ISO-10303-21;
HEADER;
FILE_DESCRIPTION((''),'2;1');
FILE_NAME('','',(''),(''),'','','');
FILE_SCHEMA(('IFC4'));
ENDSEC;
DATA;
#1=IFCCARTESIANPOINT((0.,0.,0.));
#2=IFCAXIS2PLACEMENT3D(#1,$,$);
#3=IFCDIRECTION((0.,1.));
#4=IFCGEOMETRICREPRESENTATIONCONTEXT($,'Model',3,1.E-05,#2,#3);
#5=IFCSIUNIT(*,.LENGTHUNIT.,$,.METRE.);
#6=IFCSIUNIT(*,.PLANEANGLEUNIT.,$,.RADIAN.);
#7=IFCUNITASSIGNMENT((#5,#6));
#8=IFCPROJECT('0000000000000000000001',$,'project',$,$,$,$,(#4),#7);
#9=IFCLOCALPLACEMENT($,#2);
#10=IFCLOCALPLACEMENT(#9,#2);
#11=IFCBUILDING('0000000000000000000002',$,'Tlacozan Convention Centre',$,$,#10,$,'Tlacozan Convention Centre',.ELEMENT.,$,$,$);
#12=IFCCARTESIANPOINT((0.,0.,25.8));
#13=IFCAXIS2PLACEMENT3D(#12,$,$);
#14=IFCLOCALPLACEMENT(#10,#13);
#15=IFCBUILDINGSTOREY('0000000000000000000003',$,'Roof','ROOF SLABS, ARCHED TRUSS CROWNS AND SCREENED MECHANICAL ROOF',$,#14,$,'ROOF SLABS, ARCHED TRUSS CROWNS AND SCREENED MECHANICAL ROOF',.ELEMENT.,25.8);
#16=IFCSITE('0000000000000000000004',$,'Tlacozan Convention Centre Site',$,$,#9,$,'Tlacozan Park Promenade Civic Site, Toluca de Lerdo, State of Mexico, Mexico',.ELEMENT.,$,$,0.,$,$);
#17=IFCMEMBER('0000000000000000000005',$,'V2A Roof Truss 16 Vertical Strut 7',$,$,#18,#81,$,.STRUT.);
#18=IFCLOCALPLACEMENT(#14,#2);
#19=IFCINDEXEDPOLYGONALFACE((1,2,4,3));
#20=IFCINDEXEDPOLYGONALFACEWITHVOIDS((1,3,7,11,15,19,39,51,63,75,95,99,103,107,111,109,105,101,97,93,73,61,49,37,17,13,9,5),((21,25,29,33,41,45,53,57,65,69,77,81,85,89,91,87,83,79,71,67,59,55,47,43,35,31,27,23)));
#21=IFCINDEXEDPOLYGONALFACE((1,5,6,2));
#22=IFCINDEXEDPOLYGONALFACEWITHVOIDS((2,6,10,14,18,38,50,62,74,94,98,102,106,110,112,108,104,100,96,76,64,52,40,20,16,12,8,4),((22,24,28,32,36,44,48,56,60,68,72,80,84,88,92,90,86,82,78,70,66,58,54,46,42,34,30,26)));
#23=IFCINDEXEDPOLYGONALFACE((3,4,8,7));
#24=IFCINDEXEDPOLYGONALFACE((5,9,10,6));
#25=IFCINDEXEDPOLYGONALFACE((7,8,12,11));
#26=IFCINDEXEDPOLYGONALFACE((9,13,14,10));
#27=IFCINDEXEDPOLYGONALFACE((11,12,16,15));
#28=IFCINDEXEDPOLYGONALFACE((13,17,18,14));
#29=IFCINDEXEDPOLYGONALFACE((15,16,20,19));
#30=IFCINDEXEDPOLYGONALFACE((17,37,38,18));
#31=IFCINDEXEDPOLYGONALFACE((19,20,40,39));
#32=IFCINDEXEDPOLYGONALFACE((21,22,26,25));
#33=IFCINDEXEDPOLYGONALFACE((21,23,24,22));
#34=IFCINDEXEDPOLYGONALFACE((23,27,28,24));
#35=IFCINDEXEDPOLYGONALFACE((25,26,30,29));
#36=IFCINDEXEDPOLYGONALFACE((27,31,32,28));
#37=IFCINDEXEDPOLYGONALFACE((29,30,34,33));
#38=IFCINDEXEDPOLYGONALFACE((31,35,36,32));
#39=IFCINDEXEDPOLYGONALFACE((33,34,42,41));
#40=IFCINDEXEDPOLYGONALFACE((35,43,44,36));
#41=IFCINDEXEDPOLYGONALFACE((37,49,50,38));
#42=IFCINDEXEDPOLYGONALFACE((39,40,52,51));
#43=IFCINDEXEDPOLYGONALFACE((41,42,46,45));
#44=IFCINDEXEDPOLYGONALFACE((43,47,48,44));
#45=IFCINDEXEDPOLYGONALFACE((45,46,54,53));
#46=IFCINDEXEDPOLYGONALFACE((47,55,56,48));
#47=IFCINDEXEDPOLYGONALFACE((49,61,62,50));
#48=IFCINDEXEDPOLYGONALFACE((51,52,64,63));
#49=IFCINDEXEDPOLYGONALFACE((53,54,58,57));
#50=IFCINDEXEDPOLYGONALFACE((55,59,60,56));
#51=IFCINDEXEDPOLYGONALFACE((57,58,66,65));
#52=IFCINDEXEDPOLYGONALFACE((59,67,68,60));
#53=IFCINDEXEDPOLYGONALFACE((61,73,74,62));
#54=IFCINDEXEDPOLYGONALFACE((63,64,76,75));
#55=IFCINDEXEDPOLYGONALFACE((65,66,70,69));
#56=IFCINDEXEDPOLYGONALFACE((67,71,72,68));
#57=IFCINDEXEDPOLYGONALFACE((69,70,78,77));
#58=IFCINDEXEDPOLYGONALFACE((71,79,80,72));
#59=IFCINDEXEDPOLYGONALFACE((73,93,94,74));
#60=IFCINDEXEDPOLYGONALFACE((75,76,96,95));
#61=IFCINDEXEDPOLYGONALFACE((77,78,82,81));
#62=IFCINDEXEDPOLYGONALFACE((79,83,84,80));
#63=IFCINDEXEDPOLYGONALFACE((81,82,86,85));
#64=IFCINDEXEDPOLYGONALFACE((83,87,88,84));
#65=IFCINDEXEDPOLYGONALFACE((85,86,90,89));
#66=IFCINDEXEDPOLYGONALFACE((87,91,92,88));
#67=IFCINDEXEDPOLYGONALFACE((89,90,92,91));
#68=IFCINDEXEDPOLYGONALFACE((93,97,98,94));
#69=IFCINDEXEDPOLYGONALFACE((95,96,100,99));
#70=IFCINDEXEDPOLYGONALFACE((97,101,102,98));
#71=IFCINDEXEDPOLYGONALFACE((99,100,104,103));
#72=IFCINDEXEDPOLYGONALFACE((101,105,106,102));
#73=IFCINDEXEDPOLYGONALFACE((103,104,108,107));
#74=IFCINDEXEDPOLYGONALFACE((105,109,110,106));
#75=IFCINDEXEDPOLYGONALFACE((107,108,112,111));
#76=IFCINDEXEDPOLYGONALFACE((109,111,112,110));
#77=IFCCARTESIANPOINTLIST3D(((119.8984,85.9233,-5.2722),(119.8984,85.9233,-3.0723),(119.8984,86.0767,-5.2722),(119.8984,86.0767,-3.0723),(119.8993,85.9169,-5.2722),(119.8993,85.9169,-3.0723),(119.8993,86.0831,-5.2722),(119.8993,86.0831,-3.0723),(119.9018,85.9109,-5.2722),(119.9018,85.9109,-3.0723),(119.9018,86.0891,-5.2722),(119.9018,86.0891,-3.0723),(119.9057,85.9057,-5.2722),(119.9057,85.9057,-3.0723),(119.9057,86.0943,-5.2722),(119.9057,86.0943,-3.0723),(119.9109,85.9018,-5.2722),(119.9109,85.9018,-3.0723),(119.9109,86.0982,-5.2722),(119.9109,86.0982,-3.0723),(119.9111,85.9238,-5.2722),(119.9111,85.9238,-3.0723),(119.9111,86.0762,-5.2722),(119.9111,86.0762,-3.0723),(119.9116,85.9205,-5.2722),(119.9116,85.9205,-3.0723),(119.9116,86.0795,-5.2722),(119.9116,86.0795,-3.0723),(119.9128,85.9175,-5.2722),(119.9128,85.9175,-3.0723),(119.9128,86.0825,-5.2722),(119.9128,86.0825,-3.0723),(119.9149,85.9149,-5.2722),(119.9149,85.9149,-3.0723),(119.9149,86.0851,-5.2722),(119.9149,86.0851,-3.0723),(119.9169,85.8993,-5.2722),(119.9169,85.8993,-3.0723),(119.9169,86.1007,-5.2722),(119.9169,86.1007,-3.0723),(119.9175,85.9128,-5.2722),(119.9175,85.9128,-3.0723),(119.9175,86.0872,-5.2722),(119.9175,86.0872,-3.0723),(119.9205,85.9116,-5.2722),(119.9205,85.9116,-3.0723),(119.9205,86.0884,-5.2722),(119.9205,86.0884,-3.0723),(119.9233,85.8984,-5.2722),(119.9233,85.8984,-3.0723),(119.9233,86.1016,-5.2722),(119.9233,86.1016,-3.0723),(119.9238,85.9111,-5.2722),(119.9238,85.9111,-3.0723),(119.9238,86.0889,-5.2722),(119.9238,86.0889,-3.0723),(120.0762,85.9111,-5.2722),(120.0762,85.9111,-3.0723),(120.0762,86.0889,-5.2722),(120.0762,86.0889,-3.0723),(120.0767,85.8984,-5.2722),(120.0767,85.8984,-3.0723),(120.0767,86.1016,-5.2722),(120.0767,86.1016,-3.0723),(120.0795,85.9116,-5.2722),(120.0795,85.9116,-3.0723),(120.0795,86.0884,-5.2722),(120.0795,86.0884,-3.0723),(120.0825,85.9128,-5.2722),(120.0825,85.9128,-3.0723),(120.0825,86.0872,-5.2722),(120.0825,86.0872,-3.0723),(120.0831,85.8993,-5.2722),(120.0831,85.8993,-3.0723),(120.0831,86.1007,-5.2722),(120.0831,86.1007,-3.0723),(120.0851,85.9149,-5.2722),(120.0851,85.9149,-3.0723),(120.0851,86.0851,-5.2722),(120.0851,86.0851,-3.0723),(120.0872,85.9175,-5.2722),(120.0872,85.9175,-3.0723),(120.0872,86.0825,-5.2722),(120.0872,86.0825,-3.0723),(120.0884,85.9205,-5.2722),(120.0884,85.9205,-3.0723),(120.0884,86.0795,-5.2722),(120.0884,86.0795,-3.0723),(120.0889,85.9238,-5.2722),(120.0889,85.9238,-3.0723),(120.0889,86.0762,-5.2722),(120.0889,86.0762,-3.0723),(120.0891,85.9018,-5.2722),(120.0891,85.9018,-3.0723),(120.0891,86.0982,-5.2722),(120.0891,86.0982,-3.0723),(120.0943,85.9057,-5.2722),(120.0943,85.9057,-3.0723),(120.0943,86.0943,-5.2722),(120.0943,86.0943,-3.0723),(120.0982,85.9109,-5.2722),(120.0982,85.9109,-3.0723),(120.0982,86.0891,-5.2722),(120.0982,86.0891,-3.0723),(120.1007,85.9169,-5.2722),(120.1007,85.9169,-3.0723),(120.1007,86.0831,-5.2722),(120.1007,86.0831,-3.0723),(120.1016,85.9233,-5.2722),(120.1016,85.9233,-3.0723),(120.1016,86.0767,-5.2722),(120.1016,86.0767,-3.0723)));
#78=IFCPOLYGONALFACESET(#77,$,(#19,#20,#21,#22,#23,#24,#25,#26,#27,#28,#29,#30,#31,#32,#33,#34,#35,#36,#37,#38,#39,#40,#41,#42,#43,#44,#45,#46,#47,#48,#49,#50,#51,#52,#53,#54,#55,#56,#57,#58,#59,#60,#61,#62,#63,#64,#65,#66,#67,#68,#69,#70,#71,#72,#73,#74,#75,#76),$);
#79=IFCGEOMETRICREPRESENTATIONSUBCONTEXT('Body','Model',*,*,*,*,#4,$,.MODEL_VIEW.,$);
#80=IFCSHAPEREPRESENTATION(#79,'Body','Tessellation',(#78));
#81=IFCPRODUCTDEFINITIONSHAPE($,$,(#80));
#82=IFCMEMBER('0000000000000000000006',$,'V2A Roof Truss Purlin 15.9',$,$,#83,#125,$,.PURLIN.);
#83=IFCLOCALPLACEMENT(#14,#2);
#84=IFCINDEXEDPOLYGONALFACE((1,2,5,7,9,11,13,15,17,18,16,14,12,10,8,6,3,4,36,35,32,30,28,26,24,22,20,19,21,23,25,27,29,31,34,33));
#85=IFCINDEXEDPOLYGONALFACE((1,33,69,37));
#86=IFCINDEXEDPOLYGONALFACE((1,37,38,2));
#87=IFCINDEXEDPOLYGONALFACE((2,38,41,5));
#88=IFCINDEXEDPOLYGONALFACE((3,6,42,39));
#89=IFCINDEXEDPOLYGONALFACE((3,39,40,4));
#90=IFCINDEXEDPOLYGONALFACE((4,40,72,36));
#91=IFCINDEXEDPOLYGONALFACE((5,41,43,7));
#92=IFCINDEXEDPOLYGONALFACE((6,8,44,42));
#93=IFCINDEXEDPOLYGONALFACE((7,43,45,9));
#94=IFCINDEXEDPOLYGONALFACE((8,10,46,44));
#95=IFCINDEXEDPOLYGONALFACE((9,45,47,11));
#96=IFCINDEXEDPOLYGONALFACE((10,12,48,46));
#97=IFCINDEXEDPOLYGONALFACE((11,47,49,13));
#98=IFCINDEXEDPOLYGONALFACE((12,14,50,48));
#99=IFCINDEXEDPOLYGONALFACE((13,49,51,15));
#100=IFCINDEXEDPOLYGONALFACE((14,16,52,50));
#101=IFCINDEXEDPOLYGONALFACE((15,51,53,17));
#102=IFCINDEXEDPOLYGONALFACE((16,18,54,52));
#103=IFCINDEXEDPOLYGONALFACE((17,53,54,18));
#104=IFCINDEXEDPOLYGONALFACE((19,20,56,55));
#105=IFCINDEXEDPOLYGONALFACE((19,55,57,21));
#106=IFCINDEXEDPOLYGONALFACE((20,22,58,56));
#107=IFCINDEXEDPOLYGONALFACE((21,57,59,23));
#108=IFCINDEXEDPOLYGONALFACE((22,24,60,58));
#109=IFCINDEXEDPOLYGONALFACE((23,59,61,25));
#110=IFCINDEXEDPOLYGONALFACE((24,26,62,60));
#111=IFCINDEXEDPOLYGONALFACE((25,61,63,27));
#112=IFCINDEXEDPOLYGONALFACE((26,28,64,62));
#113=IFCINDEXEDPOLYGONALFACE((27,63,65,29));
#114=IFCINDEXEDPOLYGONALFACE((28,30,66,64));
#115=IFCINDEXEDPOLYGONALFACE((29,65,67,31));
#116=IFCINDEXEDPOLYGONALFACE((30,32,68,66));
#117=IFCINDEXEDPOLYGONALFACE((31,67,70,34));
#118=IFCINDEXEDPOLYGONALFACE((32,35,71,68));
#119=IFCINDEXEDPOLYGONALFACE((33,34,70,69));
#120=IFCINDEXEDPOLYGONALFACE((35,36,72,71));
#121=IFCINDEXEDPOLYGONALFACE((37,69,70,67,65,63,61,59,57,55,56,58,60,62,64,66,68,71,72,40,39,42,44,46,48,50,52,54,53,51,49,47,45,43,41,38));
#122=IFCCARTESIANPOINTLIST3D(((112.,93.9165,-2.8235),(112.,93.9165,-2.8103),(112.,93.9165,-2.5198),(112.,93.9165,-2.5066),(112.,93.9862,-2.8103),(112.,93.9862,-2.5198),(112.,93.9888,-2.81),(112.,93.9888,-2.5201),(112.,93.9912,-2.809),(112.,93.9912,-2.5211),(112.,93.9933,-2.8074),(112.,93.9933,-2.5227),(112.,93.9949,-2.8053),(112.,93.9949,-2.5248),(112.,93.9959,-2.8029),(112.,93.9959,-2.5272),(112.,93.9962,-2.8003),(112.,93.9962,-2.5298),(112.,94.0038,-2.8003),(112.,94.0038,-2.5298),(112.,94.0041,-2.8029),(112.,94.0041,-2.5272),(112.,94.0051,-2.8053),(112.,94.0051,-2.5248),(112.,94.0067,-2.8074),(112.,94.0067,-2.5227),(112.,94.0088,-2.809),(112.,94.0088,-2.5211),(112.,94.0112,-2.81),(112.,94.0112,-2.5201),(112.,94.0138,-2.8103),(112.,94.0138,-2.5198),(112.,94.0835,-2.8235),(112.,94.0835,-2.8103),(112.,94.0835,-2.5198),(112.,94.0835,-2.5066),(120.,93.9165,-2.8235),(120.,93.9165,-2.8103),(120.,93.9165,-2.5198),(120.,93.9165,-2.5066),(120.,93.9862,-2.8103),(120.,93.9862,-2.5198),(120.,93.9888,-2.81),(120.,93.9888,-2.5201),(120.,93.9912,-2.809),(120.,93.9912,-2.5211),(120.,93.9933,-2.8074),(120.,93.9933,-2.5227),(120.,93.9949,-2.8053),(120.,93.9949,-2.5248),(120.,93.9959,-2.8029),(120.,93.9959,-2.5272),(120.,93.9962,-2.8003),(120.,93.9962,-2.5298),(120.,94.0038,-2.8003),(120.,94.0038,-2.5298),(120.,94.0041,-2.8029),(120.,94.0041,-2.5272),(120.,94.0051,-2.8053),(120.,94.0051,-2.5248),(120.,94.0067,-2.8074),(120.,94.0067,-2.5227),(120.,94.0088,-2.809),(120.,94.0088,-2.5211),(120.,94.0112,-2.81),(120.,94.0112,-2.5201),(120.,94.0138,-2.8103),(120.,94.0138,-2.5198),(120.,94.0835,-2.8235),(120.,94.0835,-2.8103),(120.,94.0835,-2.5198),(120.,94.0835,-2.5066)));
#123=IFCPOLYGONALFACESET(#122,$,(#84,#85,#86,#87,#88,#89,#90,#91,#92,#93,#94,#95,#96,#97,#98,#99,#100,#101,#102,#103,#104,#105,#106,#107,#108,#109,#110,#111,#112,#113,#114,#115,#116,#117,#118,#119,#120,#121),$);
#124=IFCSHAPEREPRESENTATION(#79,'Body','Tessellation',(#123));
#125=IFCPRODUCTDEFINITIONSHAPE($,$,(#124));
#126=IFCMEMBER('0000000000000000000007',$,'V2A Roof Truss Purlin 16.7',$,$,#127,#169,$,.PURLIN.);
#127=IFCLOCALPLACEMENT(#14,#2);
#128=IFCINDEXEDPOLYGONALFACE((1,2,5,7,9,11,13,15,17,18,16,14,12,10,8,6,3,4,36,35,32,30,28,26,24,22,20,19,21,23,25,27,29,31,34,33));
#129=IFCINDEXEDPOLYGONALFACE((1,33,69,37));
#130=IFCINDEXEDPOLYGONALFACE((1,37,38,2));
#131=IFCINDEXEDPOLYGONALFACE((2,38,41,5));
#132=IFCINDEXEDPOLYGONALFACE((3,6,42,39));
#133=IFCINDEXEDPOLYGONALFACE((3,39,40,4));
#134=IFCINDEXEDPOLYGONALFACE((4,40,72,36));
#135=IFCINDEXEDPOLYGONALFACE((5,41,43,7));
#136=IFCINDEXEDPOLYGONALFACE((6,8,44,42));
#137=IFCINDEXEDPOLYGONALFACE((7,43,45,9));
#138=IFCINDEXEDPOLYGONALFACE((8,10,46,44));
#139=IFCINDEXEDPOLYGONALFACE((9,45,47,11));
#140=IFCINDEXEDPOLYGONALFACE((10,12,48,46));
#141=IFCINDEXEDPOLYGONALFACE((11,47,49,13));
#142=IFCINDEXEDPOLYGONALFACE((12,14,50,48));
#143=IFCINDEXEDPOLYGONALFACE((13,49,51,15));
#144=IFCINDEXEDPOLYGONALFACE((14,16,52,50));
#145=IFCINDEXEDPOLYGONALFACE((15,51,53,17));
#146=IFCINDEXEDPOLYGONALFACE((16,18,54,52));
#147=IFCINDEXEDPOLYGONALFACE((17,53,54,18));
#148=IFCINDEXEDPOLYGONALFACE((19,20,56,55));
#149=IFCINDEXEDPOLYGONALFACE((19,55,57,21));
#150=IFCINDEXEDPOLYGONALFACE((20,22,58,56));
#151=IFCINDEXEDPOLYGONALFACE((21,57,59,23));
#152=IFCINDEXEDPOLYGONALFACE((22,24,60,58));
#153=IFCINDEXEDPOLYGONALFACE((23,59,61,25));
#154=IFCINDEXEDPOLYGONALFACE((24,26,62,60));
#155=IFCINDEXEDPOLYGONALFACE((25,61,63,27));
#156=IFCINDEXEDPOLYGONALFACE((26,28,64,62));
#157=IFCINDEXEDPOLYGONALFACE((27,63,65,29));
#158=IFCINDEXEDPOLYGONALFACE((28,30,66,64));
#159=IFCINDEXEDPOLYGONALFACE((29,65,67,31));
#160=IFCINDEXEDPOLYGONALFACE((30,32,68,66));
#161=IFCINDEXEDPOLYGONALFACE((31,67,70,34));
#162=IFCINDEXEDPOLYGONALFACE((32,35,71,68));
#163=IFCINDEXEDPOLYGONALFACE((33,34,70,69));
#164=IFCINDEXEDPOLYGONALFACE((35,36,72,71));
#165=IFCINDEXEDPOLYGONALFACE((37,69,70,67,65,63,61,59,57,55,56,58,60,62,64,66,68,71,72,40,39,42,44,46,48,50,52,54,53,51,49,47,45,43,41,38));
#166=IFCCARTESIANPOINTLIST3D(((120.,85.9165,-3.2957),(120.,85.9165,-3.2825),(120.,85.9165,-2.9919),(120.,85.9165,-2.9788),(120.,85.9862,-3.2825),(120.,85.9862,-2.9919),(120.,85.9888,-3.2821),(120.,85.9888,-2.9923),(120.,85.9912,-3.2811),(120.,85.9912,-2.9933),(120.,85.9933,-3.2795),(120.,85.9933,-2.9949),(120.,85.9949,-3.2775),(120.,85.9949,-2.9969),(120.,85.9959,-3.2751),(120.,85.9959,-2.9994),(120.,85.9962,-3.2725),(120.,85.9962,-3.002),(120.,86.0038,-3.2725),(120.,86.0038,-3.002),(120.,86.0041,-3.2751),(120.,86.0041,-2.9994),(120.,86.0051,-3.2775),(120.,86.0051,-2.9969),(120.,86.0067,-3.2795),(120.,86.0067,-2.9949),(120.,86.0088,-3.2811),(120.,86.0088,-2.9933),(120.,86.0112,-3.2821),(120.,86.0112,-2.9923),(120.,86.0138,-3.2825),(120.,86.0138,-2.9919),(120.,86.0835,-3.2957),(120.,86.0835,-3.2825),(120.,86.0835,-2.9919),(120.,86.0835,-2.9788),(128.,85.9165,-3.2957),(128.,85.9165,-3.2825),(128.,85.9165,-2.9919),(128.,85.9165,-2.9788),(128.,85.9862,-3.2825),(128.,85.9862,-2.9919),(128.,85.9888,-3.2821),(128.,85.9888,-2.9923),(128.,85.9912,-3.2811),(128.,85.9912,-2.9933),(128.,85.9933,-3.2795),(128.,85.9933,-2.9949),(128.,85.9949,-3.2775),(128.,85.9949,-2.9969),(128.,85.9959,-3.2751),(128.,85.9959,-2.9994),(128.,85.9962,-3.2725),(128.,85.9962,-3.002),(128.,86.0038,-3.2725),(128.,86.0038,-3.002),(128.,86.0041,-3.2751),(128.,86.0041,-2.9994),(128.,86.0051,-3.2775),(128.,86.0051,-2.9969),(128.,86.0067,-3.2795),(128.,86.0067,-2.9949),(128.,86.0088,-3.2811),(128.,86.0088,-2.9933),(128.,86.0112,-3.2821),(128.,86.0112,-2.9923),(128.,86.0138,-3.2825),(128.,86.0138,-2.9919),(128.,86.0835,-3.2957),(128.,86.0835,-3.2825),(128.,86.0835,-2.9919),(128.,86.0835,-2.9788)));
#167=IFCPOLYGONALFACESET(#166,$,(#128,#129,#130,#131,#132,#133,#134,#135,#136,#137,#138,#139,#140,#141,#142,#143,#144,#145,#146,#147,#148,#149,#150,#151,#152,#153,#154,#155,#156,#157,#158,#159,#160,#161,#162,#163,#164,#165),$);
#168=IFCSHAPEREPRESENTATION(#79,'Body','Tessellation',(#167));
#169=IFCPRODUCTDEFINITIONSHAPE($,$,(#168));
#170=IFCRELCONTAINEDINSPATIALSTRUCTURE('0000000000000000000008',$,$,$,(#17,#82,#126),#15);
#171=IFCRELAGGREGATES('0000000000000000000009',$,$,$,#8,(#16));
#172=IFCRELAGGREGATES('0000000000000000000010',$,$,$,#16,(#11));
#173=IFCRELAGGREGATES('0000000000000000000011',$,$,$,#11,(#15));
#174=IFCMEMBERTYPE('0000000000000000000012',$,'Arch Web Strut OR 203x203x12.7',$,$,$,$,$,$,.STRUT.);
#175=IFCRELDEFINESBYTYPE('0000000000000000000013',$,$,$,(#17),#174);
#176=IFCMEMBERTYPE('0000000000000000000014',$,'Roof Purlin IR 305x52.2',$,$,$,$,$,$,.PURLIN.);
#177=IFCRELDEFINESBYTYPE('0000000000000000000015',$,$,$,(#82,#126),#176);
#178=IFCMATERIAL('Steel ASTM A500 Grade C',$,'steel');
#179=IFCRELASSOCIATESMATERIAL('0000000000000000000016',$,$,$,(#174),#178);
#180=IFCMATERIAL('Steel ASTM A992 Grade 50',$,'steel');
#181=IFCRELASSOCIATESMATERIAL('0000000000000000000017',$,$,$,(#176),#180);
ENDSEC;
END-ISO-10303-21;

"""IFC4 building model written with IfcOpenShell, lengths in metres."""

from ifc_helpers import new_model, si_unit, direction, frame, origin, origin_2d, place, context, subcontext, project, spatial, hollow_rectangle, i_section, extrude, material, material_profile, profile_set, type_object, element, save


model = new_model("IFC4")

# Units and contexts
model_context = context("Model", 3, precision=1e-05, world=origin(), true_north=direction((0.0, 1.0)))
body_context = subcontext(model_context, "Body", "Model", "MODEL_VIEW")
ifc_project = project(units=[si_unit("LENGTHUNIT", "METRE"), si_unit("PLANEANGLEUNIT", "RADIAN")], contexts=[model_context])

# Site, building, storey
site_placement = place(None, origin())
site = spatial("IfcSite", under=ifc_project, at=site_placement, Name="Tlacozan Convention Centre Site", LongName="Tlacozan Park Promenade Civic Site, Toluca de Lerdo, State of Mexico, Mexico", CompositionType="ELEMENT", RefElevation=0.0)
building_placement = place(site_placement, origin())
building = spatial("IfcBuilding", under=site, at=building_placement, Name="Tlacozan Convention Centre", LongName="Tlacozan Convention Centre", CompositionType="ELEMENT")
storey_placement = place(building_placement, frame((0.0, 0.0, 25.8)))
storey = spatial("IfcBuildingStorey", under=building, at=storey_placement, Name="Roof", Description="ROOF SLABS, ARCHED TRUSS CROWNS AND SCREENED MECHANICAL ROOF", LongName="ROOF SLABS, ARCHED TRUSS CROWNS AND SCREENED MECHANICAL ROOF", CompositionType="ELEMENT", Elevation=25.8)

# Members
ifc_material_1 = material(Name="Steel ASTM A500 Grade C", Category="steel")
ifc_material_profile_1 = material_profile(ifc_material_1, hollow_rectangle(XDim=0.2031, YDim=0.2031, WallThickness=0.0127, InnerFilletRadius=0.0127, OuterFilletRadius=0.0249, at=origin_2d()), Name="OR 203x203x12.7")
ifc_profile_set_1 = profile_set([ifc_material_profile_1], Name="Steel ASTM A500 Grade C")
member_type_1 = type_object("IfcMemberType", Name="Arch Web Strut OR 203x203x12.7", PredefinedType="STRUT", material=ifc_profile_set_1)
for number, where, z_axis, x_axis, name in (
    (1, (120.0, 86.0, -5.2722), (0.0, 0.0, 1.0), (1.0, 0.0, 0.0), "V2A Roof Truss 16 Vertical Strut 7"),
):
    element("IfcMember", number, at=place(storey_placement, frame(where, z_axis=z_axis, x_axis=x_axis)), inside=storey, type_object=member_type_1, Name=name, PredefinedType="STRUT", context=body_context, shape_type="SweptSolid", body=[
        extrude(hollow_rectangle(XDim=0.2031, YDim=0.2031, WallThickness=0.0127, InnerFilletRadius=0.0127, OuterFilletRadius=0.0249, at=origin_2d()), origin(), (0.0, 0.0, 1.0), 2.2),
    ])
ifc_material_2 = material(Name="Steel ASTM A992 Grade 50", Category="steel")
ifc_material_profile_2 = material_profile(ifc_material_2, i_section(OverallWidth=0.167, OverallDepth=0.3169, WebThickness=0.0076, FlangeThickness=0.0132, FilletRadius=0.01, at=origin_2d()), Name="IR 305x52.2")
ifc_profile_set_2 = profile_set([ifc_material_profile_2], Name="Steel ASTM A992 Grade 50")
member_type_2 = type_object("IfcMemberType", Name="Roof Purlin IR 305x52.2", PredefinedType="PURLIN", material=ifc_profile_set_2)
for number, where, z_axis, x_axis, name in (
    (2, (112.0, 94.0, -2.665), (1.0, 0.0, 0.0), (0.0, 1.0, 0.0), "V2A Roof Truss Purlin 15.9"),
    (3, (120.0, 86.0, -3.1372), (1.0, 0.0, 0.0), (0.0, 1.0, 0.0), "V2A Roof Truss Purlin 16.7"),
):
    element("IfcMember", number, at=place(storey_placement, frame(where, z_axis=z_axis, x_axis=x_axis)), inside=storey, type_object=member_type_2, Name=name, PredefinedType="PURLIN", context=body_context, shape_type="SweptSolid", body=[
        extrude(i_section(OverallWidth=0.167, OverallDepth=0.3169, WebThickness=0.0076, FlangeThickness=0.0132, FilletRadius=0.01, at=origin_2d()), origin(), (0.0, 0.0, 1.0), 8.0),
    ])

save(model, "model.ifc")
